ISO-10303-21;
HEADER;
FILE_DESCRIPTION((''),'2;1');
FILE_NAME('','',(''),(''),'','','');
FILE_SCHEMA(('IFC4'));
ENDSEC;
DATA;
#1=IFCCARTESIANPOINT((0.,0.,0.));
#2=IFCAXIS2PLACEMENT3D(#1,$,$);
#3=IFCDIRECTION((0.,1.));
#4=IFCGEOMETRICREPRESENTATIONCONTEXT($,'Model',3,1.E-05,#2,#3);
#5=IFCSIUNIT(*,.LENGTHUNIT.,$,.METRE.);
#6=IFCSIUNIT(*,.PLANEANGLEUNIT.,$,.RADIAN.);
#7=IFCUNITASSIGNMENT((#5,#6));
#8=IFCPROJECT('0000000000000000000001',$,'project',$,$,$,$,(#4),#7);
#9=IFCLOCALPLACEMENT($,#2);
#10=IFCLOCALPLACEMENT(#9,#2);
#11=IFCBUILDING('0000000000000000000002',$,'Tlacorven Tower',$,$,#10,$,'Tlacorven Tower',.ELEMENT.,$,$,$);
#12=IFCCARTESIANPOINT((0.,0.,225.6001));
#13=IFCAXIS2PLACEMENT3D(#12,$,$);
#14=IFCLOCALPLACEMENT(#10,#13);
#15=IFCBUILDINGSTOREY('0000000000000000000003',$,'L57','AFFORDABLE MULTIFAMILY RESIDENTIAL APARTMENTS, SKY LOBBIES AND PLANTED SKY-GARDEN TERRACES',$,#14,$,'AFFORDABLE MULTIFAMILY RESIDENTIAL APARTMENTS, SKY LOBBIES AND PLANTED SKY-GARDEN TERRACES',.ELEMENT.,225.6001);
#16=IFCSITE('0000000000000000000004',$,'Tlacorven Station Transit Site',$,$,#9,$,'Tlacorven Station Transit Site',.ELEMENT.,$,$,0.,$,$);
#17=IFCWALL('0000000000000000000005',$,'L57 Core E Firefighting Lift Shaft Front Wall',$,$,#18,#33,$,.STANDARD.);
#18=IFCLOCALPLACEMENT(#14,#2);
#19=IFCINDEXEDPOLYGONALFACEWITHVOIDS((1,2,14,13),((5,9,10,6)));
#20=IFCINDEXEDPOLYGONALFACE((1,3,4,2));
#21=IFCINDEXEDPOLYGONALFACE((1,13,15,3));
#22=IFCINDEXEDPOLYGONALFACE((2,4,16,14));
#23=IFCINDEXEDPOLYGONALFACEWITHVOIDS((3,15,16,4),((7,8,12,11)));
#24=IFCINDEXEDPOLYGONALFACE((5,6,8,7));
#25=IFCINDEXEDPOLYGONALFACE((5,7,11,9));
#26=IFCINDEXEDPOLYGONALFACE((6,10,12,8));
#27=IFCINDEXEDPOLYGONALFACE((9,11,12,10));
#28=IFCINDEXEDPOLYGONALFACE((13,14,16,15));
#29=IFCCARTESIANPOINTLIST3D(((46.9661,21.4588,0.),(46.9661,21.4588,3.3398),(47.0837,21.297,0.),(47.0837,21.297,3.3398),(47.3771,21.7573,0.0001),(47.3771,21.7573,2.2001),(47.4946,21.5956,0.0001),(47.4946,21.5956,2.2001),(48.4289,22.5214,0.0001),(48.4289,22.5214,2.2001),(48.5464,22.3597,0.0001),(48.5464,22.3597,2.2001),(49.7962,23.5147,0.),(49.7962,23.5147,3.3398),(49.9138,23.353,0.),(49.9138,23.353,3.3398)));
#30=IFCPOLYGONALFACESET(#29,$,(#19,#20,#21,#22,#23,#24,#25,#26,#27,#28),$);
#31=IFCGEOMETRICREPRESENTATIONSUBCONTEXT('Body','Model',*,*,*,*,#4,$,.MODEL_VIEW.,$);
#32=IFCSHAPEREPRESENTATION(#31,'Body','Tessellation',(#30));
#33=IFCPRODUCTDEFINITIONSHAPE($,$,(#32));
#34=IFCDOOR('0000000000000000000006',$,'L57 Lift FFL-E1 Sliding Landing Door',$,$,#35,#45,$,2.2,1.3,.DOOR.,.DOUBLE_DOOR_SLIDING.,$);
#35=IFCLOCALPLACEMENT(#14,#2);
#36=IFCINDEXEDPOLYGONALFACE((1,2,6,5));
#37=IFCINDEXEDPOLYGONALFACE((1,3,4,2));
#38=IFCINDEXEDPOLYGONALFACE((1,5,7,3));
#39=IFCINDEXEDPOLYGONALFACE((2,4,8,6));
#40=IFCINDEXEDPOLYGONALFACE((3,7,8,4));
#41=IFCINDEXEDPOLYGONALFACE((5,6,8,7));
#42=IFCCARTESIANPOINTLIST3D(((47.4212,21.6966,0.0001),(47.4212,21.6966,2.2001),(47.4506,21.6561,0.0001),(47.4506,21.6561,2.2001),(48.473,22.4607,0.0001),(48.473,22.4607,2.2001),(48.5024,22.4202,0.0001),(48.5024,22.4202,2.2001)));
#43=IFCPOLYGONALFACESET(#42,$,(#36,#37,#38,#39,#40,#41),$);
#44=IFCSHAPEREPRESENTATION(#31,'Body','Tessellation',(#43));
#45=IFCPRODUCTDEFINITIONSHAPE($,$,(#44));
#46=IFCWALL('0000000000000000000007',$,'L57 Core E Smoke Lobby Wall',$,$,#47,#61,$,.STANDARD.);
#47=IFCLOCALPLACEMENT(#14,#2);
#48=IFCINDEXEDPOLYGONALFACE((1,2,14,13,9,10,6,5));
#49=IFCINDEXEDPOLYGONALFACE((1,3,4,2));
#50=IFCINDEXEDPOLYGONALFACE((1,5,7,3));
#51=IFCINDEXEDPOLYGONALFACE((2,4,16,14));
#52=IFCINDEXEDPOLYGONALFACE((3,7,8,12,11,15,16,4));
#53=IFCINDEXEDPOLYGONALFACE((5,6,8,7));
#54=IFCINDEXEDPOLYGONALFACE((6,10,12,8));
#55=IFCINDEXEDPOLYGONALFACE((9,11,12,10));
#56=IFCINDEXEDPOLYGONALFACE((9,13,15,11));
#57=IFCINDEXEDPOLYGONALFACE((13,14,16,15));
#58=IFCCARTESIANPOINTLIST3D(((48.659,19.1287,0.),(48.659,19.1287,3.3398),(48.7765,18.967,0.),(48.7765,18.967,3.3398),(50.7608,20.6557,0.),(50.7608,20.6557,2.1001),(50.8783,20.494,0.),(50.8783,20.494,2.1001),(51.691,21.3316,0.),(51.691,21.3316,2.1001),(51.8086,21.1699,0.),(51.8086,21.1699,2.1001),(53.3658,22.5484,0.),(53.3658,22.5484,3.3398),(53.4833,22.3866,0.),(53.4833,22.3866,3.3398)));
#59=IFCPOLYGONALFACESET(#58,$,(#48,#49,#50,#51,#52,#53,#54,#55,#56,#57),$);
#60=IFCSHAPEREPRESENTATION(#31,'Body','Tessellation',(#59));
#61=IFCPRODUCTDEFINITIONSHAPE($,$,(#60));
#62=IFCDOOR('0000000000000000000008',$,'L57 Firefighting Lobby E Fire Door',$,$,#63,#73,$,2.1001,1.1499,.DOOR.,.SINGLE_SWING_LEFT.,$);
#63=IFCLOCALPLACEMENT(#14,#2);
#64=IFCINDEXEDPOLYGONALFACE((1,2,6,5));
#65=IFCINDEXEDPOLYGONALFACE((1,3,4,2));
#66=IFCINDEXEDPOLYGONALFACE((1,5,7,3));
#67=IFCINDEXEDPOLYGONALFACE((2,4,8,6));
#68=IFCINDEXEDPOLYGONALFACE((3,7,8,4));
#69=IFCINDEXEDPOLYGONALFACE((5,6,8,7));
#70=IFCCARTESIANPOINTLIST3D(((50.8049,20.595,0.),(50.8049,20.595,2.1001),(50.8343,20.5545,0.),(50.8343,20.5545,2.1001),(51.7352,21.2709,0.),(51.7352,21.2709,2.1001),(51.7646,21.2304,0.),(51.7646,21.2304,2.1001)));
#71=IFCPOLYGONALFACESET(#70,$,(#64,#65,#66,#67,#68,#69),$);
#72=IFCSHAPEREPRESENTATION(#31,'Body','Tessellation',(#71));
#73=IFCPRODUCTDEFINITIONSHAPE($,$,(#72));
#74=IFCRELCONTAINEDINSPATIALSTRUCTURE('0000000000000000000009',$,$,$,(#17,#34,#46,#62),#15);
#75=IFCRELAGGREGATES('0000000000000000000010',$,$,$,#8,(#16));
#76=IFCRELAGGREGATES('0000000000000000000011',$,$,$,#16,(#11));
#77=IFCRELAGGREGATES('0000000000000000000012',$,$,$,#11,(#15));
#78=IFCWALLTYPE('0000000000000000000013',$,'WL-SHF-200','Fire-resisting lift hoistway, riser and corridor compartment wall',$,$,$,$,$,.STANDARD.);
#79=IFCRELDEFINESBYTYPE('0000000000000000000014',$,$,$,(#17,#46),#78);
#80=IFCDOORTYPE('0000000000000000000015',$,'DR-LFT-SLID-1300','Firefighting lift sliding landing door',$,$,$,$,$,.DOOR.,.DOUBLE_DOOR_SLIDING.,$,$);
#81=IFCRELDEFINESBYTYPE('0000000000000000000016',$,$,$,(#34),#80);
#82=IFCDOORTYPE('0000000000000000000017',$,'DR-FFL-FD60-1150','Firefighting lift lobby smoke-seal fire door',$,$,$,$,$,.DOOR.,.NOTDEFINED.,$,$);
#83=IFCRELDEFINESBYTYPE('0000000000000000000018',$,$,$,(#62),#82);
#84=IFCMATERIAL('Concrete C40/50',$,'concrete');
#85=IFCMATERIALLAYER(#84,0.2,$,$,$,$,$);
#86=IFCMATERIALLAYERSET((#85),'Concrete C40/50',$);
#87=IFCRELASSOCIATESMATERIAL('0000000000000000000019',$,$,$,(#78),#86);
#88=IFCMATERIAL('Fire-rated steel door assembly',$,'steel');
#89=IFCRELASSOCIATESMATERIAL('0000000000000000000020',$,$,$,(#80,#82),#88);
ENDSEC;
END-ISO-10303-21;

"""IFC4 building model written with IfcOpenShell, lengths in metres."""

from ifc_helpers import new_model, si_unit, direction, frame, frame_2d, origin, place, context, subcontext, project, spatial, rectangle, extrude, source, transform, mapped, material, layer, layer_set, type_object, element, fill, save


model = new_model("IFC4")

# Units and contexts
model_context = context("Model", 3, precision=1e-05, world=origin(), true_north=direction((0.0, 1.0)))
body_context = subcontext(model_context, "Body", "Model", "MODEL_VIEW")
ifc_project = project(units=[si_unit("LENGTHUNIT", "METRE"), si_unit("PLANEANGLEUNIT", "RADIAN")], contexts=[model_context])

# Site, building, storey
site_placement = place(None, origin())
site = spatial("IfcSite", under=ifc_project, at=site_placement, Name="Tlacorven Station Transit Site", LongName="Tlacorven Station Transit Site", CompositionType="ELEMENT", RefElevation=0.0)
building_placement = place(site_placement, origin())
building = spatial("IfcBuilding", under=site, at=building_placement, Name="Tlacorven Tower", LongName="Tlacorven Tower", CompositionType="ELEMENT")
storey_placement = place(building_placement, frame((0.0, 0.0, 225.6001)))
storey = spatial("IfcBuildingStorey", under=building, at=storey_placement, Name="L57", Description="AFFORDABLE MULTIFAMILY RESIDENTIAL APARTMENTS, SKY LOBBIES AND PLANTED SKY-GARDEN TERRACES", LongName="AFFORDABLE MULTIFAMILY RESIDENTIAL APARTMENTS, SKY LOBBIES AND PLANTED SKY-GARDEN TERRACES", CompositionType="ELEMENT", Elevation=225.6001)

# Walls, openings, doors
ifc_material_1 = material(Name="Concrete C40/50", Category="concrete")
ifc_layer_1 = layer(ifc_material_1, 0.2)
ifc_layer_set_1 = layer_set([ifc_layer_1], Name="Concrete C40/50")
wall_type_1 = type_object("IfcWallType", Name="WL-SHF-200", Description="Fire-resisting lift hoistway, riser and corridor compartment wall", PredefinedType="STANDARD", material=ifc_layer_set_1)
wall_1_placement = place(storey_placement, frame((47.0249, 21.3779, 0.0), z_axis=(0.0, 0.0, 1.0), x_axis=(0.809053, 0.587736, 0.0)))
wall_1 = element("IfcWall", 1, at=wall_1_placement, inside=storey, type_object=wall_type_1, Name="L57 Core E Firefighting Lift Shaft Front Wall", PredefinedType="STANDARD", context=body_context, shape_type="SweptSolid", body=[
    extrude(rectangle(XDim=3.498, YDim=0.2, at=frame_2d((1.749, 0.0))), origin(), (0.0, 0.0, 1.0), 3.3398),
])
opening_1_placement = place(wall_1_placement, frame((0.5081, 0.0, 0.0)))
opening_1 = element("IfcOpeningElement", 2, at=opening_1_placement, cuts=wall_1, PredefinedType="OPENING", context=body_context, shape_type="SweptSolid", body=[
    extrude(rectangle(XDim=1.3, YDim=2.2, at=frame_2d((0.6499, 1.1001))), frame((0.0, 0.1099, 0.0), z_axis=(0.0, -1.0, 0.0), x_axis=(1.0, 0.0, 0.0)), (0.0, 0.0, 1.0), 0.22),
])
ifc_material_2 = material(Name="Fire-rated steel door assembly", Category="steel")
door_type_1 = type_object("IfcDoorType", Name="DR-LFT-SLID-1300", Description="Firefighting lift sliding landing door", OperationType="DOUBLE_DOOR_SLIDING", PredefinedType="DOOR", material=ifc_material_2)
shared_shape_1 = source(origin(), body_context, "Body", "SweptSolid", [
    extrude(rectangle(XDim=1.3, YDim=2.2, at=frame_2d((0.6499, 1.1001))), frame((0.0, 0.0249, 0.0), z_axis=(0.0, -1.0, 0.0), x_axis=(1.0, 0.0, 0.0)), (0.0, 0.0, 1.0), 0.05),
])
door_1_placement = place(opening_1_placement, origin())
door_1 = element("IfcDoor", 3, at=door_1_placement, inside=storey, type_object=door_type_1, Name="L57 Lift FFL-E1 Sliding Landing Door", OperationType="DOUBLE_DOOR_SLIDING", OverallHeight=2.2, OverallWidth=1.3, PredefinedType="DOOR", context=body_context, shape_type="MappedRepresentation", body=[
    mapped(shared_shape_1, transform((0.0, 0.0, 0.0), scale=1.0)),
])
fill(opening_1, door_1)
wall_2_placement = place(storey_placement, frame((48.7178, 19.0479, 0.0), z_axis=(0.0, 0.0, 1.0), x_axis=(0.809017, 0.587785, 0.0)))
wall_2 = element("IfcWall", 4, at=wall_2_placement, inside=storey, type_object=wall_type_1, Name="L57 Core E Smoke Lobby Wall", PredefinedType="STANDARD", context=body_context, shape_type="SweptSolid", body=[
    extrude(rectangle(XDim=5.8179, YDim=0.2, at=frame_2d((2.9089, 0.0))), origin(), (0.0, 0.0, 1.0), 3.3398),
])
opening_2_placement = place(wall_2_placement, frame((2.5979, 0.0, 0.0)))
opening_2 = element("IfcOpeningElement", 5, at=opening_2_placement, cuts=wall_2, PredefinedType="OPENING", context=body_context, shape_type="SweptSolid", body=[
    extrude(rectangle(XDim=1.1499, YDim=2.1001, at=frame_2d((0.575, 1.05))), frame((0.0, 0.1099, 0.0), z_axis=(0.0, -1.0, 0.0), x_axis=(1.0, 0.0, 0.0)), (0.0, 0.0, 1.0), 0.22),
])
door_type_2 = type_object("IfcDoorType", Name="DR-FFL-FD60-1150", Description="Firefighting lift lobby smoke-seal fire door", OperationType="NOTDEFINED", PredefinedType="DOOR", material=ifc_material_2)
shared_shape_2 = source(origin(), body_context, "Body", "SweptSolid", [
    extrude(rectangle(XDim=1.1499, YDim=2.1001, at=frame_2d((0.575, 1.05))), frame((0.0, 0.0249, 0.0), z_axis=(0.0, -1.0, 0.0), x_axis=(1.0, 0.0, 0.0)), (0.0, 0.0, 1.0), 0.05),
])
door_2_placement = place(opening_2_placement, origin())
door_2 = element("IfcDoor", 6, at=door_2_placement, inside=storey, type_object=door_type_2, Name="L57 Firefighting Lobby E Fire Door", OperationType="SINGLE_SWING_LEFT", OverallHeight=2.1001, OverallWidth=1.1499, PredefinedType="DOOR", context=body_context, shape_type="MappedRepresentation", body=[
    mapped(shared_shape_2, transform((0.0, 0.0, 0.0), scale=1.0)),
])
fill(opening_2, door_2)

save(model, "model.ifc")
